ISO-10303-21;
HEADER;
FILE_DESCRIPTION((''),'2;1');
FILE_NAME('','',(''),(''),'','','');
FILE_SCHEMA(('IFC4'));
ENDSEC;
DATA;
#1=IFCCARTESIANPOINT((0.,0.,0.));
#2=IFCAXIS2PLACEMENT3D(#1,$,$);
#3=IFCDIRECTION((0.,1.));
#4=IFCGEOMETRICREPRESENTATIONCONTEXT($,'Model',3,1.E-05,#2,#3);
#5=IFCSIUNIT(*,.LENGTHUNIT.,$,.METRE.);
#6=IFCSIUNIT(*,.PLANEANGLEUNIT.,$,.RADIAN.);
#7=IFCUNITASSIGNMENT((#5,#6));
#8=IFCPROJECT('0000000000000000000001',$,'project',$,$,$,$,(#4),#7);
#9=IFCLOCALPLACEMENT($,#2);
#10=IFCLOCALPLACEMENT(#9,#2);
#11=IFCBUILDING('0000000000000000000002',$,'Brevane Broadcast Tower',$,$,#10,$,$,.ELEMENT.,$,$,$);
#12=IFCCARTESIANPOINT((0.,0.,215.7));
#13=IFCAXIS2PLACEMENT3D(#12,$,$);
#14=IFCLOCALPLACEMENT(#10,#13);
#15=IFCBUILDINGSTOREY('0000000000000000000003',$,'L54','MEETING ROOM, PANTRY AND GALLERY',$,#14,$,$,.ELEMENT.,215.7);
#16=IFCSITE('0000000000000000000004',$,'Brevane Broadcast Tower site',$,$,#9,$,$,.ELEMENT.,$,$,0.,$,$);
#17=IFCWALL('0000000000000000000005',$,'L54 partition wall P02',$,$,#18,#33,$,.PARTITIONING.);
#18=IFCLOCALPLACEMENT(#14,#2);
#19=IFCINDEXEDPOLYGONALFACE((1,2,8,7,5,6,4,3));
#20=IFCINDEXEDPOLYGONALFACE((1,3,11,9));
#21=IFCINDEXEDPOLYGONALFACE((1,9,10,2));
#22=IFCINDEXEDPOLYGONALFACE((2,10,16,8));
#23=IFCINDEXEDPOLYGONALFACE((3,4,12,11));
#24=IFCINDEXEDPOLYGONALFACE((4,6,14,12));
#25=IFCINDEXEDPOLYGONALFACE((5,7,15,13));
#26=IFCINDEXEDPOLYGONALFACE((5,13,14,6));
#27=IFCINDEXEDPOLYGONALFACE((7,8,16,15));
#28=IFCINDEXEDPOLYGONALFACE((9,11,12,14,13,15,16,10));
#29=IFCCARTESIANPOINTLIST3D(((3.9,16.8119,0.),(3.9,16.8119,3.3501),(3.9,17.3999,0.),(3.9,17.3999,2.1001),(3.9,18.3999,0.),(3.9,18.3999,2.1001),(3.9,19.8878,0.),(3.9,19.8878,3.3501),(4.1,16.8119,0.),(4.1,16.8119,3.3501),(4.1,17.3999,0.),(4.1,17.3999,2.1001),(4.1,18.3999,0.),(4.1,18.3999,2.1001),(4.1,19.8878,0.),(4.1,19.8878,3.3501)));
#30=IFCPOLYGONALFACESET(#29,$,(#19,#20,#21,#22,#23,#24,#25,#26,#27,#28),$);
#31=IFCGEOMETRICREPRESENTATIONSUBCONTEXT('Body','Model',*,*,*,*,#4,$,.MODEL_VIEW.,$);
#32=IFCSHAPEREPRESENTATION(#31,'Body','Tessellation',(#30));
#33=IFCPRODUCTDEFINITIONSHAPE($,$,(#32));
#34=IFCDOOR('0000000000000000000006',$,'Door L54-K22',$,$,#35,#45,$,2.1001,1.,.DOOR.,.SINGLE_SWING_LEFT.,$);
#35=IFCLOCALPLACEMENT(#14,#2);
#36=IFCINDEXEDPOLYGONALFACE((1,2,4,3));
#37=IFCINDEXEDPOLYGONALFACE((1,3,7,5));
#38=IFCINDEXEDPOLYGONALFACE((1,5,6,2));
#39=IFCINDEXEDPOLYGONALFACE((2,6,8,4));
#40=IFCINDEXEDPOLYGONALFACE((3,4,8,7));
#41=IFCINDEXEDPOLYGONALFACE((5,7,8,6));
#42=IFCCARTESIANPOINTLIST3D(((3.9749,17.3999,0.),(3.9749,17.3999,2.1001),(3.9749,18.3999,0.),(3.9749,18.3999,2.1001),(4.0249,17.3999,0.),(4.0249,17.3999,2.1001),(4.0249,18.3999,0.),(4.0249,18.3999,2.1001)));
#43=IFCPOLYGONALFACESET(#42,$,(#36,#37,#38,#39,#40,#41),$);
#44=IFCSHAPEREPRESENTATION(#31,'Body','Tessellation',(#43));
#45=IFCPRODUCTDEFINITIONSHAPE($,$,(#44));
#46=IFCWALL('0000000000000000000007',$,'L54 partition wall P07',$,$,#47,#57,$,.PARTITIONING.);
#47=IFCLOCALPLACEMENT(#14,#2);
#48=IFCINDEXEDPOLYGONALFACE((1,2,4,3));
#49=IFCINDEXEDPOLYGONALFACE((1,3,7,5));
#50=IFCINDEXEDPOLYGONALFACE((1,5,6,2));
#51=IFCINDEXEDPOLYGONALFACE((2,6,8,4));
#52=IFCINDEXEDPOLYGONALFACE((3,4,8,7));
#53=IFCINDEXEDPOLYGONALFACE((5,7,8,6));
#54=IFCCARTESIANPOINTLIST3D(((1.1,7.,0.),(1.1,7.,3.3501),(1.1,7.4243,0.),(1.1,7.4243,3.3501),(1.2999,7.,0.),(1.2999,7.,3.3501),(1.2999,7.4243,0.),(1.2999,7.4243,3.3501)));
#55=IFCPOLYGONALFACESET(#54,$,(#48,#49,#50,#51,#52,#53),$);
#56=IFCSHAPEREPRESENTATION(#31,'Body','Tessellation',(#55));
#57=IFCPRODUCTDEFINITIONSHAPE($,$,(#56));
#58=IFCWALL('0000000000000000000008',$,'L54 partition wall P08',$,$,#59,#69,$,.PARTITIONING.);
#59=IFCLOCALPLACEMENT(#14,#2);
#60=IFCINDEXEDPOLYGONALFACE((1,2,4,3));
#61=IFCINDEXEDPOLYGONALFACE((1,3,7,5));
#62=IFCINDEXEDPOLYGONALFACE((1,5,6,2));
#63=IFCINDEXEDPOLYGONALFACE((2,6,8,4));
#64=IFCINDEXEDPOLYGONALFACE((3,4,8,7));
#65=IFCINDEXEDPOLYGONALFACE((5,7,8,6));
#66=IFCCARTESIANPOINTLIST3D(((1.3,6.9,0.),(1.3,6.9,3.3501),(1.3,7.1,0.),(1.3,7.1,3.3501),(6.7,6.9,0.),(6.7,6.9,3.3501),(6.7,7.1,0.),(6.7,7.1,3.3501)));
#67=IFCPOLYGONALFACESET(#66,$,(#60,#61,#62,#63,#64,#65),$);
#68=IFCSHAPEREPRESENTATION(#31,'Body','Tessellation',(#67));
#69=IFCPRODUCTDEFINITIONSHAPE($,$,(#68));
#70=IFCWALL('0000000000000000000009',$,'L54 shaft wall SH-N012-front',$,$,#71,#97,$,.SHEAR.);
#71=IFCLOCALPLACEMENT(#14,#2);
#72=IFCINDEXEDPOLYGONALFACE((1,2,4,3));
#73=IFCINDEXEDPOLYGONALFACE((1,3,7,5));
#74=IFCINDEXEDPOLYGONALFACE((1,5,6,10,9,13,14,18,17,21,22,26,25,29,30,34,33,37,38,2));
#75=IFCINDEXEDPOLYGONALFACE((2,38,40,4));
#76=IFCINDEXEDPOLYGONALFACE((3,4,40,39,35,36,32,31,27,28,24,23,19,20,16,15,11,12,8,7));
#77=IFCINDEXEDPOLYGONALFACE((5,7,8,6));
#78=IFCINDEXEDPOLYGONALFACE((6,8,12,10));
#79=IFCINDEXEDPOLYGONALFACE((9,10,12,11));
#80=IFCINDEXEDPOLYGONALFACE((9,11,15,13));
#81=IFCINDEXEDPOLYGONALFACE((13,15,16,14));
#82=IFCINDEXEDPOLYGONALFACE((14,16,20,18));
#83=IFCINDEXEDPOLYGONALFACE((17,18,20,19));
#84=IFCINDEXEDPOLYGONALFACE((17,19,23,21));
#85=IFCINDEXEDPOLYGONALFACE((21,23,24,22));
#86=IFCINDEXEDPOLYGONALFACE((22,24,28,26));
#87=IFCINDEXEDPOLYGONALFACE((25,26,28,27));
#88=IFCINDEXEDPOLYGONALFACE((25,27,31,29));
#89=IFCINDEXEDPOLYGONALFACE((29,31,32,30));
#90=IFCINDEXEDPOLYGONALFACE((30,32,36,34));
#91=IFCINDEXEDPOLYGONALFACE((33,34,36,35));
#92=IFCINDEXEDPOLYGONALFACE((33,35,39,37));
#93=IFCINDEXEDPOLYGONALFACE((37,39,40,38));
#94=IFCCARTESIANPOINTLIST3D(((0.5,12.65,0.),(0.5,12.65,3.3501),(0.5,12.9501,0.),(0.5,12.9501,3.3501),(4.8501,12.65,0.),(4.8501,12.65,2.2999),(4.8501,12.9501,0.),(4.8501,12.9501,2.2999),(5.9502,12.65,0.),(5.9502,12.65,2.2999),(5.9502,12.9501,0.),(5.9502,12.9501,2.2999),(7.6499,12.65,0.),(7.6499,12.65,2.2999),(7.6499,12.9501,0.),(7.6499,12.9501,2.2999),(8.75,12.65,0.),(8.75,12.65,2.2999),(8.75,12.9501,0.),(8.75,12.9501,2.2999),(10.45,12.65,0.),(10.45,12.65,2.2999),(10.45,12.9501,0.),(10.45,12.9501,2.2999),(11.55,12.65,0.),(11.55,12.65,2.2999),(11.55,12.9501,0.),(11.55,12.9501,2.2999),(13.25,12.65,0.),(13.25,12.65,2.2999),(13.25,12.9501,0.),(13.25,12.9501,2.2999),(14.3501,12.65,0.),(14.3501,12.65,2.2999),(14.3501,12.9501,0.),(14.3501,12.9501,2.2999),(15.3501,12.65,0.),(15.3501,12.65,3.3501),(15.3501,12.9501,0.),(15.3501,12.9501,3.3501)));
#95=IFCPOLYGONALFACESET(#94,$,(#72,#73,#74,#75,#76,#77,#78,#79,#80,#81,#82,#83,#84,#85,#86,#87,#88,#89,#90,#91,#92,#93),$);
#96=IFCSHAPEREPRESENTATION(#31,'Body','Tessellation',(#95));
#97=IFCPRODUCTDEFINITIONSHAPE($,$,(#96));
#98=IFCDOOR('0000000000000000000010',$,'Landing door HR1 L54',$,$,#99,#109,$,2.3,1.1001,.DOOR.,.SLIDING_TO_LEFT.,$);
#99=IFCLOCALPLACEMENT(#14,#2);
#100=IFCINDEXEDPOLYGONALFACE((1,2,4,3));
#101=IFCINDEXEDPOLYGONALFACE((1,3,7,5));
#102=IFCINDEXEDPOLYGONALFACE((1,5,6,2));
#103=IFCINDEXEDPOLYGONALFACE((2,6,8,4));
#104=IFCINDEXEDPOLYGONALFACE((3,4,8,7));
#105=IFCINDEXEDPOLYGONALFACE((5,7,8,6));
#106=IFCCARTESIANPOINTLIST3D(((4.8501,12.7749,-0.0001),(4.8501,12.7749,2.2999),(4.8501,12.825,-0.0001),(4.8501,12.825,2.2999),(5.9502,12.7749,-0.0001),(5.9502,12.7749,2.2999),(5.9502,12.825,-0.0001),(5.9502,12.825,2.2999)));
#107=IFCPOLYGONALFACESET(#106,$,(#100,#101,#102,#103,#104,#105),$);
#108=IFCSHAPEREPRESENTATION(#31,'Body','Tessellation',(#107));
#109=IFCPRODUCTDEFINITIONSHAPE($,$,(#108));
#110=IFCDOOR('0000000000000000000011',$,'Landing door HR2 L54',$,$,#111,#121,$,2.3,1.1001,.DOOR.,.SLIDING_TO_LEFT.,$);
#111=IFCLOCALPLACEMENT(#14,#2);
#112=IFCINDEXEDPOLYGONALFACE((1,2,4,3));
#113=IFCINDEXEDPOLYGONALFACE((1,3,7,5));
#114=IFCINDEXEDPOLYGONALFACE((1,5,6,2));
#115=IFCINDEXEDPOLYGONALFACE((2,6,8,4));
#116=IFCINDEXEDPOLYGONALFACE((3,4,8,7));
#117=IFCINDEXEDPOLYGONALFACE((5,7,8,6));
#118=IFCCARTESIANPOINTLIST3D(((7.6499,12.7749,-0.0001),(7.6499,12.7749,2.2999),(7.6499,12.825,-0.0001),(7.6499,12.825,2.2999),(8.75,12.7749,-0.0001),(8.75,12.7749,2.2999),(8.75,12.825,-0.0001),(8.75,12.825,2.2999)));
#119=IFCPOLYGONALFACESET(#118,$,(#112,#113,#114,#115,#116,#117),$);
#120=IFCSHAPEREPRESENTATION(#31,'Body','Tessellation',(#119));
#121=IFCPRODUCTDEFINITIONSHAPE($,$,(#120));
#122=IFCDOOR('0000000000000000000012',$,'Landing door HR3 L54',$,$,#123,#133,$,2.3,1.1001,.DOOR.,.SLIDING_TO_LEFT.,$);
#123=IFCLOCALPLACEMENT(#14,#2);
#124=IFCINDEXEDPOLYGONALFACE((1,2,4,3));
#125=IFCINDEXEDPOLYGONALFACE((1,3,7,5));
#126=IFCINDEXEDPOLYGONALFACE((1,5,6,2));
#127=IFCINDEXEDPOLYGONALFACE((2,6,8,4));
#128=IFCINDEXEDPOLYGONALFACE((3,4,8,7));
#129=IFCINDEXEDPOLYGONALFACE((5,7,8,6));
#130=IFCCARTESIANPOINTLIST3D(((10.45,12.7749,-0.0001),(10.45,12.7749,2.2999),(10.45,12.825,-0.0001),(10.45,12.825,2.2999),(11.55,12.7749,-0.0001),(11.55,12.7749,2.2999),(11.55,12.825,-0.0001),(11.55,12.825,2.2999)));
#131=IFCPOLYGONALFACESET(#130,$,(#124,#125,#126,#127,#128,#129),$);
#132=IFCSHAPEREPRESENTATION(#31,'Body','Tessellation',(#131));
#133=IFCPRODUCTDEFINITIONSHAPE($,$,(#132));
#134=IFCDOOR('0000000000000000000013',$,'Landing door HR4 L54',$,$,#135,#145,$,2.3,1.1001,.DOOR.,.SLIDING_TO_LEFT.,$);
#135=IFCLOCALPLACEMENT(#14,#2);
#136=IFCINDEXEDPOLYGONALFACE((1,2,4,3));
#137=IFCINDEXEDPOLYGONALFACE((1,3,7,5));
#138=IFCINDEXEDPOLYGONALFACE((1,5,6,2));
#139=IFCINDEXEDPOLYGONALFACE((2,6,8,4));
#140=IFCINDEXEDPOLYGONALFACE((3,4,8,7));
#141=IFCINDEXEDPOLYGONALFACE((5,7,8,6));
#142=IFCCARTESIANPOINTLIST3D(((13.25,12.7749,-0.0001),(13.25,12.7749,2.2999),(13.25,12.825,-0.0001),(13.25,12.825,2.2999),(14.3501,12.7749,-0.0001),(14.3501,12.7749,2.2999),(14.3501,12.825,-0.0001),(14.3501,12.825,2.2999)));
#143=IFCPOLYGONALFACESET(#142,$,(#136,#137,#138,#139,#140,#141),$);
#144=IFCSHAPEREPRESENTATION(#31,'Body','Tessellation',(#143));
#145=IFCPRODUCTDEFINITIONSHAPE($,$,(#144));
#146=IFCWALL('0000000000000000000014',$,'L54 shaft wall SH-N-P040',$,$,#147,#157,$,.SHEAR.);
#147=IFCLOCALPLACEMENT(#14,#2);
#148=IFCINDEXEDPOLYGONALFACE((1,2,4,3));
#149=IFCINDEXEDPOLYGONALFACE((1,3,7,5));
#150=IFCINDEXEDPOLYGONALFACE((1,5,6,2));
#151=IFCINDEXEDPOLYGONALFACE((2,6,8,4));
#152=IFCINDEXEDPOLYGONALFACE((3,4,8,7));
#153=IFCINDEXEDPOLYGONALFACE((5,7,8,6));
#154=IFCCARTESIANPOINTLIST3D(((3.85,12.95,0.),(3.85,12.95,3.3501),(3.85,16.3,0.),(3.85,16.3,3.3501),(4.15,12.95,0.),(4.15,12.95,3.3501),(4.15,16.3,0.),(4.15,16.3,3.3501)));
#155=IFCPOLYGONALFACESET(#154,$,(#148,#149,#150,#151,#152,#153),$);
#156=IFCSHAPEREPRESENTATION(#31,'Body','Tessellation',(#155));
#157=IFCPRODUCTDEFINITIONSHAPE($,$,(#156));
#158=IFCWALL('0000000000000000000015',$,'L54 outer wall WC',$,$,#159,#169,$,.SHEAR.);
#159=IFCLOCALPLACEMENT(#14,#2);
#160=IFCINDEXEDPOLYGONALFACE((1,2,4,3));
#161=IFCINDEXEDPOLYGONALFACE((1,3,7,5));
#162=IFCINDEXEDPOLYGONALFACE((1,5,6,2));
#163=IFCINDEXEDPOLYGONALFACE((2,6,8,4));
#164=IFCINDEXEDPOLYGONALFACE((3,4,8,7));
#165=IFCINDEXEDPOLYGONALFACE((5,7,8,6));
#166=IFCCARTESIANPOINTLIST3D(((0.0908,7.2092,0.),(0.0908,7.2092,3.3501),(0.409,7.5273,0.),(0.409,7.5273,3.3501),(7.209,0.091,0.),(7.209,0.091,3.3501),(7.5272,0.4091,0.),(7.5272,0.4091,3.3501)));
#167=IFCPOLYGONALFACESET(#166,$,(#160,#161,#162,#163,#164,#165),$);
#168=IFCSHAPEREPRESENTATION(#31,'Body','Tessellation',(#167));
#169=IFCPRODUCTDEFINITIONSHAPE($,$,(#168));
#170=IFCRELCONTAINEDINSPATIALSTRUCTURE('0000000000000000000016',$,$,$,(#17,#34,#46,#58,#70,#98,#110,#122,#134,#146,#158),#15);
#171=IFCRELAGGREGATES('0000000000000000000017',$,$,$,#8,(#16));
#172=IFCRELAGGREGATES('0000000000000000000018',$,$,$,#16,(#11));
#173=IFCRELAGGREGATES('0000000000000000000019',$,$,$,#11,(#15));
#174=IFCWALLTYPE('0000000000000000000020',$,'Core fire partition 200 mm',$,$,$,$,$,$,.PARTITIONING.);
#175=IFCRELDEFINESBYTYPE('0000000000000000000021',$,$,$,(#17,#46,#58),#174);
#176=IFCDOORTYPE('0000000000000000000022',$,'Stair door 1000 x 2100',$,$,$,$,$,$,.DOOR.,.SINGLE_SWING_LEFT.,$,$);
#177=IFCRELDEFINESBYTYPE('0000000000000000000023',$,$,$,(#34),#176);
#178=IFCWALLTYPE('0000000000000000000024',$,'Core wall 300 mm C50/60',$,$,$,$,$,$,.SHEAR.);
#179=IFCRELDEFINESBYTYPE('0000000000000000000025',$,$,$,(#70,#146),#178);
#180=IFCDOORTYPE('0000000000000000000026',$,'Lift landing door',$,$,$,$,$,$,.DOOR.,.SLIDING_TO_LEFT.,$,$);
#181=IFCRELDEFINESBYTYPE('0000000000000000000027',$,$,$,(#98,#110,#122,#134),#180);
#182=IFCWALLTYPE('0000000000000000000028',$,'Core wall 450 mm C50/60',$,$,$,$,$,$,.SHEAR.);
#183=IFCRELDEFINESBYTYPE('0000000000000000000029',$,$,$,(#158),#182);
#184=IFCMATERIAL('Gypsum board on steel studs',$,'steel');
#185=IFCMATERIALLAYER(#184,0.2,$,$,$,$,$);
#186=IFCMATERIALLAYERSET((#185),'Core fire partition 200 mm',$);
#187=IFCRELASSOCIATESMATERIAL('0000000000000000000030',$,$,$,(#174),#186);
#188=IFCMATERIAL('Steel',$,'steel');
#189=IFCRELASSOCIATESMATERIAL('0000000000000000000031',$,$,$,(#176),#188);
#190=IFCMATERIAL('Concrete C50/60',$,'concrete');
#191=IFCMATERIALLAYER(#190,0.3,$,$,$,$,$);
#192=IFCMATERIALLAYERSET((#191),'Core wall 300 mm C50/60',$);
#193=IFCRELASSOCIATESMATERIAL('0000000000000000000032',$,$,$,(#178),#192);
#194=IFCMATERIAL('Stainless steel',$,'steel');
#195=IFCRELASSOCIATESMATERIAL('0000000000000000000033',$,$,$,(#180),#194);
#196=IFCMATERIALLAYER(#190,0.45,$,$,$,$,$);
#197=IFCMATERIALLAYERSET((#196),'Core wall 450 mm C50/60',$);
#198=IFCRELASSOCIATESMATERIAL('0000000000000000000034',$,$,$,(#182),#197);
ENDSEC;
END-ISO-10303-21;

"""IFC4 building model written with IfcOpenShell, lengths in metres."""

from ifc_helpers import new_model, si_unit, direction, frame, frame_2d, origin, place, context, subcontext, project, spatial, rectangle, extrude, material, layer, layer_set, type_object, element, fill, save


model = new_model("IFC4")

# Units and contexts
model_context = context("Model", 3, precision=1e-05, world=origin(), true_north=direction((0.0, 1.0)))
body_context = subcontext(model_context, "Body", "Model", "MODEL_VIEW")
ifc_project = project(units=[si_unit("LENGTHUNIT", "METRE"), si_unit("PLANEANGLEUNIT", "RADIAN")], contexts=[model_context])

# Site, building, storey
site_placement = place(None, origin())
site = spatial("IfcSite", under=ifc_project, at=site_placement, Name="Brevane Broadcast Tower site", CompositionType="ELEMENT", RefElevation=0.0)
building_placement = place(site_placement, origin())
building = spatial("IfcBuilding", under=site, at=building_placement, Name="Brevane Broadcast Tower", CompositionType="ELEMENT")
storey_placement = place(building_placement, frame((0.0, 0.0, 215.7)))
storey = spatial("IfcBuildingStorey", under=building, at=storey_placement, Name="L54", Description="MEETING ROOM, PANTRY AND GALLERY", CompositionType="ELEMENT", Elevation=215.7)

# Shared definitions
ifc_material_1 = material(Name="Gypsum board on steel studs", Category="steel")
ifc_layer_1 = layer(ifc_material_1, 0.2)
ifc_layer_set_1 = layer_set([ifc_layer_1], Name="Core fire partition 200 mm")
wall_type_1 = type_object("IfcWallType", Name="Core fire partition 200 mm", PredefinedType="PARTITIONING", material=ifc_layer_set_1)

# Wall, opening, door
wall_1_placement = place(storey_placement, frame((4.0, 19.8879, 0.0), z_axis=(0.0, 0.0, 1.0), x_axis=(0.0, -1.0, 0.0)))
wall_1 = element("IfcWall", 1, at=wall_1_placement, inside=storey, type_object=wall_type_1, Name="L54 partition wall P02", PredefinedType="PARTITIONING", context=body_context, shape_type="SweptSolid", body=[
    extrude(rectangle(XDim=3.0759, YDim=0.2, at=frame_2d((1.5381, 0.0))), origin(), (0.0, 0.0, 1.0), 3.3501),
])
opening_1_placement = place(wall_1_placement, frame((1.488, 0.0, 0.0)))
opening_1 = element("IfcOpeningElement", 2, at=opening_1_placement, cuts=wall_1, PredefinedType="OPENING", context=body_context, shape_type="SweptSolid", body=[
    extrude(rectangle(XDim=1.0, YDim=2.1001, at=frame_2d((0.5, 1.05))), frame((0.0, 0.1099, 0.0), z_axis=(0.0, -1.0, 0.0), x_axis=(1.0, 0.0, 0.0)), (0.0, 0.0, 1.0), 0.22),
])
ifc_material_2 = material(Name="Steel", Category="steel")
door_type_1 = type_object("IfcDoorType", Name="Stair door 1000 x 2100", OperationType="SINGLE_SWING_LEFT", PredefinedType="DOOR", material=ifc_material_2)
door_1_placement = place(opening_1_placement, origin())
door_1 = element("IfcDoor", 3, at=door_1_placement, inside=storey, type_object=door_type_1, Name="Door L54-K22", OperationType="SINGLE_SWING_LEFT", OverallHeight=2.1001, OverallWidth=1.0, PredefinedType="DOOR", context=body_context, shape_type="SweptSolid", body=[
    extrude(rectangle(XDim=1.0, YDim=2.1001, at=frame_2d((0.5, 1.05))), frame((0.0, 0.0249, 0.0), z_axis=(0.0, -1.0, 0.0), x_axis=(1.0, 0.0, 0.0)), (0.0, 0.0, 1.0), 0.05),
])
fill(opening_1, door_1)

# Walls
wall_2_placement = place(storey_placement, frame((1.2, 7.4243, 0.0), z_axis=(0.0, 0.0, 1.0), x_axis=(0.0, -1.0, 0.0)))
element("IfcWall", 4, at=wall_2_placement, inside=storey, type_object=wall_type_1, Name="L54 partition wall P07", PredefinedType="PARTITIONING", context=body_context, shape_type="SweptSolid", body=[
    extrude(rectangle(XDim=0.4243, YDim=0.2, at=frame_2d((0.2122, 0.0))), origin(), (0.0, 0.0, 1.0), 3.3501),
])
wall_3_placement = place(storey_placement, frame((1.3, 7.0, 0.0), z_axis=(0.0, 0.0, 1.0), x_axis=(1.0, 0.0, 0.0)))
element("IfcWall", 5, at=wall_3_placement, inside=storey, type_object=wall_type_1, Name="L54 partition wall P08", PredefinedType="PARTITIONING", context=body_context, shape_type="SweptSolid", body=[
    extrude(rectangle(XDim=5.3999, YDim=0.2, at=frame_2d((2.7, 0.0))), origin(), (0.0, 0.0, 1.0), 3.3501),
])

# Wall, openings, doors
ifc_material_3 = material(Name="Concrete C50/60", Category="concrete")
ifc_layer_2 = layer(ifc_material_3, 0.3)
ifc_layer_set_2 = layer_set([ifc_layer_2], Name="Core wall 300 mm C50/60")
wall_type_2 = type_object("IfcWallType", Name="Core wall 300 mm C50/60", PredefinedType="SHEAR", material=ifc_layer_set_2)
wall_4_placement = place(storey_placement, frame((0.5, 12.8, 0.0), z_axis=(0.0, 0.0, 1.0), x_axis=(1.0, 0.0, 0.0)))
wall_4 = element("IfcWall", 6, at=wall_4_placement, inside=storey, type_object=wall_type_2, Name="L54 shaft wall SH-N012-front", PredefinedType="SHEAR", context=body_context, shape_type="SweptSolid", body=[
    extrude(rectangle(XDim=14.8501, YDim=0.3, at=frame_2d((7.425, 0.0))), origin(), (0.0, 0.0, 1.0), 3.3501),
])
opening_2_placement = place(wall_4_placement, frame((4.3501, 0.0, 0.0)))
opening_2 = element("IfcOpeningElement", 7, at=opening_2_placement, cuts=wall_4, PredefinedType="OPENING", context=body_context, shape_type="SweptSolid", body=[
    extrude(rectangle(XDim=1.1001, YDim=2.3, at=frame_2d((0.55, 1.1499))), frame((0.0, 0.1599, 0.0), z_axis=(0.0, -1.0, 0.0), x_axis=(1.0, 0.0, 0.0)), (0.0, 0.0, 1.0), 0.3201),
])
opening_3_placement = place(wall_4_placement, frame((7.1499, 0.0, 0.0)))
opening_3 = element("IfcOpeningElement", 8, at=opening_3_placement, cuts=wall_4, PredefinedType="OPENING", context=body_context, shape_type="SweptSolid", body=[
    extrude(rectangle(XDim=1.1001, YDim=2.3, at=frame_2d((0.55, 1.1499))), frame((0.0, 0.1599, 0.0), z_axis=(0.0, -1.0, 0.0), x_axis=(1.0, 0.0, 0.0)), (0.0, 0.0, 1.0), 0.3201),
])
opening_4_placement = place(wall_4_placement, frame((9.95, 0.0, 0.0)))
opening_4 = element("IfcOpeningElement", 9, at=opening_4_placement, cuts=wall_4, PredefinedType="OPENING", context=body_context, shape_type="SweptSolid", body=[
    extrude(rectangle(XDim=1.1001, YDim=2.3, at=frame_2d((0.55, 1.1499))), frame((0.0, 0.1599, 0.0), z_axis=(0.0, -1.0, 0.0), x_axis=(1.0, 0.0, 0.0)), (0.0, 0.0, 1.0), 0.3201),
])
opening_5_placement = place(wall_4_placement, frame((12.75, 0.0, 0.0)))
opening_5 = element("IfcOpeningElement", 10, at=opening_5_placement, cuts=wall_4, PredefinedType="OPENING", context=body_context, shape_type="SweptSolid", body=[
    extrude(rectangle(XDim=1.1001, YDim=2.3, at=frame_2d((0.55, 1.1499))), frame((0.0, 0.1599, 0.0), z_axis=(0.0, -1.0, 0.0), x_axis=(1.0, 0.0, 0.0)), (0.0, 0.0, 1.0), 0.3201),
])
ifc_material_4 = material(Name="Stainless steel", Category="steel")
door_type_2 = type_object("IfcDoorType", Name="Lift landing door", OperationType="SLIDING_TO_LEFT", PredefinedType="DOOR", material=ifc_material_4)
door_2_placement = place(opening_2_placement, origin())
door_2 = element("IfcDoor", 11, at=door_2_placement, inside=storey, type_object=door_type_2, Name="Landing door HR1 L54", OperationType="SLIDING_TO_LEFT", OverallHeight=2.3, OverallWidth=1.1001, PredefinedType="DOOR", context=body_context, shape_type="SweptSolid", body=[
    extrude(rectangle(XDim=1.1001, YDim=2.3, at=frame_2d((0.55, 1.1499))), frame((0.0, 0.0249, 0.0), z_axis=(0.0, -1.0, 0.0), x_axis=(1.0, 0.0, 0.0)), (0.0, 0.0, 1.0), 0.05),
])
fill(opening_2, door_2)
door_3_placement = place(opening_3_placement, origin())
door_3 = element("IfcDoor", 12, at=door_3_placement, inside=storey, type_object=door_type_2, Name="Landing door HR2 L54", OperationType="SLIDING_TO_LEFT", OverallHeight=2.3, OverallWidth=1.1001, PredefinedType="DOOR", context=body_context, shape_type="SweptSolid", body=[
    extrude(rectangle(XDim=1.1001, YDim=2.3, at=frame_2d((0.55, 1.1499))), frame((0.0, 0.0249, 0.0), z_axis=(0.0, -1.0, 0.0), x_axis=(1.0, 0.0, 0.0)), (0.0, 0.0, 1.0), 0.05),
])
fill(opening_3, door_3)
door_4_placement = place(opening_4_placement, origin())
door_4 = element("IfcDoor", 13, at=door_4_placement, inside=storey, type_object=door_type_2, Name="Landing door HR3 L54", OperationType="SLIDING_TO_LEFT", OverallHeight=2.3, OverallWidth=1.1001, PredefinedType="DOOR", context=body_context, shape_type="SweptSolid", body=[
    extrude(rectangle(XDim=1.1001, YDim=2.3, at=frame_2d((0.55, 1.1499))), frame((0.0, 0.0249, 0.0), z_axis=(0.0, -1.0, 0.0), x_axis=(1.0, 0.0, 0.0)), (0.0, 0.0, 1.0), 0.05),
])
fill(opening_4, door_4)
door_5_placement = place(opening_5_placement, origin())
door_5 = element("IfcDoor", 14, at=door_5_placement, inside=storey, type_object=door_type_2, Name="Landing door HR4 L54", OperationType="SLIDING_TO_LEFT", OverallHeight=2.3, OverallWidth=1.1001, PredefinedType="DOOR", context=body_context, shape_type="SweptSolid", body=[
    extrude(rectangle(XDim=1.1001, YDim=2.3, at=frame_2d((0.55, 1.1499))), frame((0.0, 0.0249, 0.0), z_axis=(0.0, -1.0, 0.0), x_axis=(1.0, 0.0, 0.0)), (0.0, 0.0, 1.0), 0.05),
])
fill(opening_5, door_5)

# Walls
wall_5_placement = place(storey_placement, frame((4.0, 12.95, 0.0), z_axis=(0.0, 0.0, 1.0), x_axis=(0.0, 1.0, 0.0)))
element("IfcWall", 15, at=wall_5_placement, inside=storey, type_object=wall_type_2, Name="L54 shaft wall SH-N-P040", PredefinedType="SHEAR", context=body_context, shape_type="SweptSolid", body=[
    extrude(rectangle(XDim=3.3501, YDim=0.3, at=frame_2d((1.675, 0.0))), origin(), (0.0, 0.0, 1.0), 3.3501),
])
ifc_layer_3 = layer(ifc_material_3, 0.45)
ifc_layer_set_3 = layer_set([ifc_layer_3], Name="Core wall 450 mm C50/60")
wall_type_3 = type_object("IfcWallType", Name="Core wall 450 mm C50/60", PredefinedType="SHEAR", material=ifc_layer_set_3)
wall_6_placement = place(storey_placement, frame((0.25, 7.3682, 0.0), z_axis=(0.0, 0.0, 1.0), x_axis=(0.707107, -0.707107, 0.0)))
element("IfcWall", 16, at=wall_6_placement, inside=storey, type_object=wall_type_3, Name="L54 outer wall WC", PredefinedType="SHEAR", context=body_context, shape_type="SweptSolid", body=[
    extrude(rectangle(XDim=10.0667, YDim=0.45, at=frame_2d((5.0332, 0.0))), origin(), (0.0, 0.0, 1.0), 3.3501),
])

save(model, "model.ifc")
